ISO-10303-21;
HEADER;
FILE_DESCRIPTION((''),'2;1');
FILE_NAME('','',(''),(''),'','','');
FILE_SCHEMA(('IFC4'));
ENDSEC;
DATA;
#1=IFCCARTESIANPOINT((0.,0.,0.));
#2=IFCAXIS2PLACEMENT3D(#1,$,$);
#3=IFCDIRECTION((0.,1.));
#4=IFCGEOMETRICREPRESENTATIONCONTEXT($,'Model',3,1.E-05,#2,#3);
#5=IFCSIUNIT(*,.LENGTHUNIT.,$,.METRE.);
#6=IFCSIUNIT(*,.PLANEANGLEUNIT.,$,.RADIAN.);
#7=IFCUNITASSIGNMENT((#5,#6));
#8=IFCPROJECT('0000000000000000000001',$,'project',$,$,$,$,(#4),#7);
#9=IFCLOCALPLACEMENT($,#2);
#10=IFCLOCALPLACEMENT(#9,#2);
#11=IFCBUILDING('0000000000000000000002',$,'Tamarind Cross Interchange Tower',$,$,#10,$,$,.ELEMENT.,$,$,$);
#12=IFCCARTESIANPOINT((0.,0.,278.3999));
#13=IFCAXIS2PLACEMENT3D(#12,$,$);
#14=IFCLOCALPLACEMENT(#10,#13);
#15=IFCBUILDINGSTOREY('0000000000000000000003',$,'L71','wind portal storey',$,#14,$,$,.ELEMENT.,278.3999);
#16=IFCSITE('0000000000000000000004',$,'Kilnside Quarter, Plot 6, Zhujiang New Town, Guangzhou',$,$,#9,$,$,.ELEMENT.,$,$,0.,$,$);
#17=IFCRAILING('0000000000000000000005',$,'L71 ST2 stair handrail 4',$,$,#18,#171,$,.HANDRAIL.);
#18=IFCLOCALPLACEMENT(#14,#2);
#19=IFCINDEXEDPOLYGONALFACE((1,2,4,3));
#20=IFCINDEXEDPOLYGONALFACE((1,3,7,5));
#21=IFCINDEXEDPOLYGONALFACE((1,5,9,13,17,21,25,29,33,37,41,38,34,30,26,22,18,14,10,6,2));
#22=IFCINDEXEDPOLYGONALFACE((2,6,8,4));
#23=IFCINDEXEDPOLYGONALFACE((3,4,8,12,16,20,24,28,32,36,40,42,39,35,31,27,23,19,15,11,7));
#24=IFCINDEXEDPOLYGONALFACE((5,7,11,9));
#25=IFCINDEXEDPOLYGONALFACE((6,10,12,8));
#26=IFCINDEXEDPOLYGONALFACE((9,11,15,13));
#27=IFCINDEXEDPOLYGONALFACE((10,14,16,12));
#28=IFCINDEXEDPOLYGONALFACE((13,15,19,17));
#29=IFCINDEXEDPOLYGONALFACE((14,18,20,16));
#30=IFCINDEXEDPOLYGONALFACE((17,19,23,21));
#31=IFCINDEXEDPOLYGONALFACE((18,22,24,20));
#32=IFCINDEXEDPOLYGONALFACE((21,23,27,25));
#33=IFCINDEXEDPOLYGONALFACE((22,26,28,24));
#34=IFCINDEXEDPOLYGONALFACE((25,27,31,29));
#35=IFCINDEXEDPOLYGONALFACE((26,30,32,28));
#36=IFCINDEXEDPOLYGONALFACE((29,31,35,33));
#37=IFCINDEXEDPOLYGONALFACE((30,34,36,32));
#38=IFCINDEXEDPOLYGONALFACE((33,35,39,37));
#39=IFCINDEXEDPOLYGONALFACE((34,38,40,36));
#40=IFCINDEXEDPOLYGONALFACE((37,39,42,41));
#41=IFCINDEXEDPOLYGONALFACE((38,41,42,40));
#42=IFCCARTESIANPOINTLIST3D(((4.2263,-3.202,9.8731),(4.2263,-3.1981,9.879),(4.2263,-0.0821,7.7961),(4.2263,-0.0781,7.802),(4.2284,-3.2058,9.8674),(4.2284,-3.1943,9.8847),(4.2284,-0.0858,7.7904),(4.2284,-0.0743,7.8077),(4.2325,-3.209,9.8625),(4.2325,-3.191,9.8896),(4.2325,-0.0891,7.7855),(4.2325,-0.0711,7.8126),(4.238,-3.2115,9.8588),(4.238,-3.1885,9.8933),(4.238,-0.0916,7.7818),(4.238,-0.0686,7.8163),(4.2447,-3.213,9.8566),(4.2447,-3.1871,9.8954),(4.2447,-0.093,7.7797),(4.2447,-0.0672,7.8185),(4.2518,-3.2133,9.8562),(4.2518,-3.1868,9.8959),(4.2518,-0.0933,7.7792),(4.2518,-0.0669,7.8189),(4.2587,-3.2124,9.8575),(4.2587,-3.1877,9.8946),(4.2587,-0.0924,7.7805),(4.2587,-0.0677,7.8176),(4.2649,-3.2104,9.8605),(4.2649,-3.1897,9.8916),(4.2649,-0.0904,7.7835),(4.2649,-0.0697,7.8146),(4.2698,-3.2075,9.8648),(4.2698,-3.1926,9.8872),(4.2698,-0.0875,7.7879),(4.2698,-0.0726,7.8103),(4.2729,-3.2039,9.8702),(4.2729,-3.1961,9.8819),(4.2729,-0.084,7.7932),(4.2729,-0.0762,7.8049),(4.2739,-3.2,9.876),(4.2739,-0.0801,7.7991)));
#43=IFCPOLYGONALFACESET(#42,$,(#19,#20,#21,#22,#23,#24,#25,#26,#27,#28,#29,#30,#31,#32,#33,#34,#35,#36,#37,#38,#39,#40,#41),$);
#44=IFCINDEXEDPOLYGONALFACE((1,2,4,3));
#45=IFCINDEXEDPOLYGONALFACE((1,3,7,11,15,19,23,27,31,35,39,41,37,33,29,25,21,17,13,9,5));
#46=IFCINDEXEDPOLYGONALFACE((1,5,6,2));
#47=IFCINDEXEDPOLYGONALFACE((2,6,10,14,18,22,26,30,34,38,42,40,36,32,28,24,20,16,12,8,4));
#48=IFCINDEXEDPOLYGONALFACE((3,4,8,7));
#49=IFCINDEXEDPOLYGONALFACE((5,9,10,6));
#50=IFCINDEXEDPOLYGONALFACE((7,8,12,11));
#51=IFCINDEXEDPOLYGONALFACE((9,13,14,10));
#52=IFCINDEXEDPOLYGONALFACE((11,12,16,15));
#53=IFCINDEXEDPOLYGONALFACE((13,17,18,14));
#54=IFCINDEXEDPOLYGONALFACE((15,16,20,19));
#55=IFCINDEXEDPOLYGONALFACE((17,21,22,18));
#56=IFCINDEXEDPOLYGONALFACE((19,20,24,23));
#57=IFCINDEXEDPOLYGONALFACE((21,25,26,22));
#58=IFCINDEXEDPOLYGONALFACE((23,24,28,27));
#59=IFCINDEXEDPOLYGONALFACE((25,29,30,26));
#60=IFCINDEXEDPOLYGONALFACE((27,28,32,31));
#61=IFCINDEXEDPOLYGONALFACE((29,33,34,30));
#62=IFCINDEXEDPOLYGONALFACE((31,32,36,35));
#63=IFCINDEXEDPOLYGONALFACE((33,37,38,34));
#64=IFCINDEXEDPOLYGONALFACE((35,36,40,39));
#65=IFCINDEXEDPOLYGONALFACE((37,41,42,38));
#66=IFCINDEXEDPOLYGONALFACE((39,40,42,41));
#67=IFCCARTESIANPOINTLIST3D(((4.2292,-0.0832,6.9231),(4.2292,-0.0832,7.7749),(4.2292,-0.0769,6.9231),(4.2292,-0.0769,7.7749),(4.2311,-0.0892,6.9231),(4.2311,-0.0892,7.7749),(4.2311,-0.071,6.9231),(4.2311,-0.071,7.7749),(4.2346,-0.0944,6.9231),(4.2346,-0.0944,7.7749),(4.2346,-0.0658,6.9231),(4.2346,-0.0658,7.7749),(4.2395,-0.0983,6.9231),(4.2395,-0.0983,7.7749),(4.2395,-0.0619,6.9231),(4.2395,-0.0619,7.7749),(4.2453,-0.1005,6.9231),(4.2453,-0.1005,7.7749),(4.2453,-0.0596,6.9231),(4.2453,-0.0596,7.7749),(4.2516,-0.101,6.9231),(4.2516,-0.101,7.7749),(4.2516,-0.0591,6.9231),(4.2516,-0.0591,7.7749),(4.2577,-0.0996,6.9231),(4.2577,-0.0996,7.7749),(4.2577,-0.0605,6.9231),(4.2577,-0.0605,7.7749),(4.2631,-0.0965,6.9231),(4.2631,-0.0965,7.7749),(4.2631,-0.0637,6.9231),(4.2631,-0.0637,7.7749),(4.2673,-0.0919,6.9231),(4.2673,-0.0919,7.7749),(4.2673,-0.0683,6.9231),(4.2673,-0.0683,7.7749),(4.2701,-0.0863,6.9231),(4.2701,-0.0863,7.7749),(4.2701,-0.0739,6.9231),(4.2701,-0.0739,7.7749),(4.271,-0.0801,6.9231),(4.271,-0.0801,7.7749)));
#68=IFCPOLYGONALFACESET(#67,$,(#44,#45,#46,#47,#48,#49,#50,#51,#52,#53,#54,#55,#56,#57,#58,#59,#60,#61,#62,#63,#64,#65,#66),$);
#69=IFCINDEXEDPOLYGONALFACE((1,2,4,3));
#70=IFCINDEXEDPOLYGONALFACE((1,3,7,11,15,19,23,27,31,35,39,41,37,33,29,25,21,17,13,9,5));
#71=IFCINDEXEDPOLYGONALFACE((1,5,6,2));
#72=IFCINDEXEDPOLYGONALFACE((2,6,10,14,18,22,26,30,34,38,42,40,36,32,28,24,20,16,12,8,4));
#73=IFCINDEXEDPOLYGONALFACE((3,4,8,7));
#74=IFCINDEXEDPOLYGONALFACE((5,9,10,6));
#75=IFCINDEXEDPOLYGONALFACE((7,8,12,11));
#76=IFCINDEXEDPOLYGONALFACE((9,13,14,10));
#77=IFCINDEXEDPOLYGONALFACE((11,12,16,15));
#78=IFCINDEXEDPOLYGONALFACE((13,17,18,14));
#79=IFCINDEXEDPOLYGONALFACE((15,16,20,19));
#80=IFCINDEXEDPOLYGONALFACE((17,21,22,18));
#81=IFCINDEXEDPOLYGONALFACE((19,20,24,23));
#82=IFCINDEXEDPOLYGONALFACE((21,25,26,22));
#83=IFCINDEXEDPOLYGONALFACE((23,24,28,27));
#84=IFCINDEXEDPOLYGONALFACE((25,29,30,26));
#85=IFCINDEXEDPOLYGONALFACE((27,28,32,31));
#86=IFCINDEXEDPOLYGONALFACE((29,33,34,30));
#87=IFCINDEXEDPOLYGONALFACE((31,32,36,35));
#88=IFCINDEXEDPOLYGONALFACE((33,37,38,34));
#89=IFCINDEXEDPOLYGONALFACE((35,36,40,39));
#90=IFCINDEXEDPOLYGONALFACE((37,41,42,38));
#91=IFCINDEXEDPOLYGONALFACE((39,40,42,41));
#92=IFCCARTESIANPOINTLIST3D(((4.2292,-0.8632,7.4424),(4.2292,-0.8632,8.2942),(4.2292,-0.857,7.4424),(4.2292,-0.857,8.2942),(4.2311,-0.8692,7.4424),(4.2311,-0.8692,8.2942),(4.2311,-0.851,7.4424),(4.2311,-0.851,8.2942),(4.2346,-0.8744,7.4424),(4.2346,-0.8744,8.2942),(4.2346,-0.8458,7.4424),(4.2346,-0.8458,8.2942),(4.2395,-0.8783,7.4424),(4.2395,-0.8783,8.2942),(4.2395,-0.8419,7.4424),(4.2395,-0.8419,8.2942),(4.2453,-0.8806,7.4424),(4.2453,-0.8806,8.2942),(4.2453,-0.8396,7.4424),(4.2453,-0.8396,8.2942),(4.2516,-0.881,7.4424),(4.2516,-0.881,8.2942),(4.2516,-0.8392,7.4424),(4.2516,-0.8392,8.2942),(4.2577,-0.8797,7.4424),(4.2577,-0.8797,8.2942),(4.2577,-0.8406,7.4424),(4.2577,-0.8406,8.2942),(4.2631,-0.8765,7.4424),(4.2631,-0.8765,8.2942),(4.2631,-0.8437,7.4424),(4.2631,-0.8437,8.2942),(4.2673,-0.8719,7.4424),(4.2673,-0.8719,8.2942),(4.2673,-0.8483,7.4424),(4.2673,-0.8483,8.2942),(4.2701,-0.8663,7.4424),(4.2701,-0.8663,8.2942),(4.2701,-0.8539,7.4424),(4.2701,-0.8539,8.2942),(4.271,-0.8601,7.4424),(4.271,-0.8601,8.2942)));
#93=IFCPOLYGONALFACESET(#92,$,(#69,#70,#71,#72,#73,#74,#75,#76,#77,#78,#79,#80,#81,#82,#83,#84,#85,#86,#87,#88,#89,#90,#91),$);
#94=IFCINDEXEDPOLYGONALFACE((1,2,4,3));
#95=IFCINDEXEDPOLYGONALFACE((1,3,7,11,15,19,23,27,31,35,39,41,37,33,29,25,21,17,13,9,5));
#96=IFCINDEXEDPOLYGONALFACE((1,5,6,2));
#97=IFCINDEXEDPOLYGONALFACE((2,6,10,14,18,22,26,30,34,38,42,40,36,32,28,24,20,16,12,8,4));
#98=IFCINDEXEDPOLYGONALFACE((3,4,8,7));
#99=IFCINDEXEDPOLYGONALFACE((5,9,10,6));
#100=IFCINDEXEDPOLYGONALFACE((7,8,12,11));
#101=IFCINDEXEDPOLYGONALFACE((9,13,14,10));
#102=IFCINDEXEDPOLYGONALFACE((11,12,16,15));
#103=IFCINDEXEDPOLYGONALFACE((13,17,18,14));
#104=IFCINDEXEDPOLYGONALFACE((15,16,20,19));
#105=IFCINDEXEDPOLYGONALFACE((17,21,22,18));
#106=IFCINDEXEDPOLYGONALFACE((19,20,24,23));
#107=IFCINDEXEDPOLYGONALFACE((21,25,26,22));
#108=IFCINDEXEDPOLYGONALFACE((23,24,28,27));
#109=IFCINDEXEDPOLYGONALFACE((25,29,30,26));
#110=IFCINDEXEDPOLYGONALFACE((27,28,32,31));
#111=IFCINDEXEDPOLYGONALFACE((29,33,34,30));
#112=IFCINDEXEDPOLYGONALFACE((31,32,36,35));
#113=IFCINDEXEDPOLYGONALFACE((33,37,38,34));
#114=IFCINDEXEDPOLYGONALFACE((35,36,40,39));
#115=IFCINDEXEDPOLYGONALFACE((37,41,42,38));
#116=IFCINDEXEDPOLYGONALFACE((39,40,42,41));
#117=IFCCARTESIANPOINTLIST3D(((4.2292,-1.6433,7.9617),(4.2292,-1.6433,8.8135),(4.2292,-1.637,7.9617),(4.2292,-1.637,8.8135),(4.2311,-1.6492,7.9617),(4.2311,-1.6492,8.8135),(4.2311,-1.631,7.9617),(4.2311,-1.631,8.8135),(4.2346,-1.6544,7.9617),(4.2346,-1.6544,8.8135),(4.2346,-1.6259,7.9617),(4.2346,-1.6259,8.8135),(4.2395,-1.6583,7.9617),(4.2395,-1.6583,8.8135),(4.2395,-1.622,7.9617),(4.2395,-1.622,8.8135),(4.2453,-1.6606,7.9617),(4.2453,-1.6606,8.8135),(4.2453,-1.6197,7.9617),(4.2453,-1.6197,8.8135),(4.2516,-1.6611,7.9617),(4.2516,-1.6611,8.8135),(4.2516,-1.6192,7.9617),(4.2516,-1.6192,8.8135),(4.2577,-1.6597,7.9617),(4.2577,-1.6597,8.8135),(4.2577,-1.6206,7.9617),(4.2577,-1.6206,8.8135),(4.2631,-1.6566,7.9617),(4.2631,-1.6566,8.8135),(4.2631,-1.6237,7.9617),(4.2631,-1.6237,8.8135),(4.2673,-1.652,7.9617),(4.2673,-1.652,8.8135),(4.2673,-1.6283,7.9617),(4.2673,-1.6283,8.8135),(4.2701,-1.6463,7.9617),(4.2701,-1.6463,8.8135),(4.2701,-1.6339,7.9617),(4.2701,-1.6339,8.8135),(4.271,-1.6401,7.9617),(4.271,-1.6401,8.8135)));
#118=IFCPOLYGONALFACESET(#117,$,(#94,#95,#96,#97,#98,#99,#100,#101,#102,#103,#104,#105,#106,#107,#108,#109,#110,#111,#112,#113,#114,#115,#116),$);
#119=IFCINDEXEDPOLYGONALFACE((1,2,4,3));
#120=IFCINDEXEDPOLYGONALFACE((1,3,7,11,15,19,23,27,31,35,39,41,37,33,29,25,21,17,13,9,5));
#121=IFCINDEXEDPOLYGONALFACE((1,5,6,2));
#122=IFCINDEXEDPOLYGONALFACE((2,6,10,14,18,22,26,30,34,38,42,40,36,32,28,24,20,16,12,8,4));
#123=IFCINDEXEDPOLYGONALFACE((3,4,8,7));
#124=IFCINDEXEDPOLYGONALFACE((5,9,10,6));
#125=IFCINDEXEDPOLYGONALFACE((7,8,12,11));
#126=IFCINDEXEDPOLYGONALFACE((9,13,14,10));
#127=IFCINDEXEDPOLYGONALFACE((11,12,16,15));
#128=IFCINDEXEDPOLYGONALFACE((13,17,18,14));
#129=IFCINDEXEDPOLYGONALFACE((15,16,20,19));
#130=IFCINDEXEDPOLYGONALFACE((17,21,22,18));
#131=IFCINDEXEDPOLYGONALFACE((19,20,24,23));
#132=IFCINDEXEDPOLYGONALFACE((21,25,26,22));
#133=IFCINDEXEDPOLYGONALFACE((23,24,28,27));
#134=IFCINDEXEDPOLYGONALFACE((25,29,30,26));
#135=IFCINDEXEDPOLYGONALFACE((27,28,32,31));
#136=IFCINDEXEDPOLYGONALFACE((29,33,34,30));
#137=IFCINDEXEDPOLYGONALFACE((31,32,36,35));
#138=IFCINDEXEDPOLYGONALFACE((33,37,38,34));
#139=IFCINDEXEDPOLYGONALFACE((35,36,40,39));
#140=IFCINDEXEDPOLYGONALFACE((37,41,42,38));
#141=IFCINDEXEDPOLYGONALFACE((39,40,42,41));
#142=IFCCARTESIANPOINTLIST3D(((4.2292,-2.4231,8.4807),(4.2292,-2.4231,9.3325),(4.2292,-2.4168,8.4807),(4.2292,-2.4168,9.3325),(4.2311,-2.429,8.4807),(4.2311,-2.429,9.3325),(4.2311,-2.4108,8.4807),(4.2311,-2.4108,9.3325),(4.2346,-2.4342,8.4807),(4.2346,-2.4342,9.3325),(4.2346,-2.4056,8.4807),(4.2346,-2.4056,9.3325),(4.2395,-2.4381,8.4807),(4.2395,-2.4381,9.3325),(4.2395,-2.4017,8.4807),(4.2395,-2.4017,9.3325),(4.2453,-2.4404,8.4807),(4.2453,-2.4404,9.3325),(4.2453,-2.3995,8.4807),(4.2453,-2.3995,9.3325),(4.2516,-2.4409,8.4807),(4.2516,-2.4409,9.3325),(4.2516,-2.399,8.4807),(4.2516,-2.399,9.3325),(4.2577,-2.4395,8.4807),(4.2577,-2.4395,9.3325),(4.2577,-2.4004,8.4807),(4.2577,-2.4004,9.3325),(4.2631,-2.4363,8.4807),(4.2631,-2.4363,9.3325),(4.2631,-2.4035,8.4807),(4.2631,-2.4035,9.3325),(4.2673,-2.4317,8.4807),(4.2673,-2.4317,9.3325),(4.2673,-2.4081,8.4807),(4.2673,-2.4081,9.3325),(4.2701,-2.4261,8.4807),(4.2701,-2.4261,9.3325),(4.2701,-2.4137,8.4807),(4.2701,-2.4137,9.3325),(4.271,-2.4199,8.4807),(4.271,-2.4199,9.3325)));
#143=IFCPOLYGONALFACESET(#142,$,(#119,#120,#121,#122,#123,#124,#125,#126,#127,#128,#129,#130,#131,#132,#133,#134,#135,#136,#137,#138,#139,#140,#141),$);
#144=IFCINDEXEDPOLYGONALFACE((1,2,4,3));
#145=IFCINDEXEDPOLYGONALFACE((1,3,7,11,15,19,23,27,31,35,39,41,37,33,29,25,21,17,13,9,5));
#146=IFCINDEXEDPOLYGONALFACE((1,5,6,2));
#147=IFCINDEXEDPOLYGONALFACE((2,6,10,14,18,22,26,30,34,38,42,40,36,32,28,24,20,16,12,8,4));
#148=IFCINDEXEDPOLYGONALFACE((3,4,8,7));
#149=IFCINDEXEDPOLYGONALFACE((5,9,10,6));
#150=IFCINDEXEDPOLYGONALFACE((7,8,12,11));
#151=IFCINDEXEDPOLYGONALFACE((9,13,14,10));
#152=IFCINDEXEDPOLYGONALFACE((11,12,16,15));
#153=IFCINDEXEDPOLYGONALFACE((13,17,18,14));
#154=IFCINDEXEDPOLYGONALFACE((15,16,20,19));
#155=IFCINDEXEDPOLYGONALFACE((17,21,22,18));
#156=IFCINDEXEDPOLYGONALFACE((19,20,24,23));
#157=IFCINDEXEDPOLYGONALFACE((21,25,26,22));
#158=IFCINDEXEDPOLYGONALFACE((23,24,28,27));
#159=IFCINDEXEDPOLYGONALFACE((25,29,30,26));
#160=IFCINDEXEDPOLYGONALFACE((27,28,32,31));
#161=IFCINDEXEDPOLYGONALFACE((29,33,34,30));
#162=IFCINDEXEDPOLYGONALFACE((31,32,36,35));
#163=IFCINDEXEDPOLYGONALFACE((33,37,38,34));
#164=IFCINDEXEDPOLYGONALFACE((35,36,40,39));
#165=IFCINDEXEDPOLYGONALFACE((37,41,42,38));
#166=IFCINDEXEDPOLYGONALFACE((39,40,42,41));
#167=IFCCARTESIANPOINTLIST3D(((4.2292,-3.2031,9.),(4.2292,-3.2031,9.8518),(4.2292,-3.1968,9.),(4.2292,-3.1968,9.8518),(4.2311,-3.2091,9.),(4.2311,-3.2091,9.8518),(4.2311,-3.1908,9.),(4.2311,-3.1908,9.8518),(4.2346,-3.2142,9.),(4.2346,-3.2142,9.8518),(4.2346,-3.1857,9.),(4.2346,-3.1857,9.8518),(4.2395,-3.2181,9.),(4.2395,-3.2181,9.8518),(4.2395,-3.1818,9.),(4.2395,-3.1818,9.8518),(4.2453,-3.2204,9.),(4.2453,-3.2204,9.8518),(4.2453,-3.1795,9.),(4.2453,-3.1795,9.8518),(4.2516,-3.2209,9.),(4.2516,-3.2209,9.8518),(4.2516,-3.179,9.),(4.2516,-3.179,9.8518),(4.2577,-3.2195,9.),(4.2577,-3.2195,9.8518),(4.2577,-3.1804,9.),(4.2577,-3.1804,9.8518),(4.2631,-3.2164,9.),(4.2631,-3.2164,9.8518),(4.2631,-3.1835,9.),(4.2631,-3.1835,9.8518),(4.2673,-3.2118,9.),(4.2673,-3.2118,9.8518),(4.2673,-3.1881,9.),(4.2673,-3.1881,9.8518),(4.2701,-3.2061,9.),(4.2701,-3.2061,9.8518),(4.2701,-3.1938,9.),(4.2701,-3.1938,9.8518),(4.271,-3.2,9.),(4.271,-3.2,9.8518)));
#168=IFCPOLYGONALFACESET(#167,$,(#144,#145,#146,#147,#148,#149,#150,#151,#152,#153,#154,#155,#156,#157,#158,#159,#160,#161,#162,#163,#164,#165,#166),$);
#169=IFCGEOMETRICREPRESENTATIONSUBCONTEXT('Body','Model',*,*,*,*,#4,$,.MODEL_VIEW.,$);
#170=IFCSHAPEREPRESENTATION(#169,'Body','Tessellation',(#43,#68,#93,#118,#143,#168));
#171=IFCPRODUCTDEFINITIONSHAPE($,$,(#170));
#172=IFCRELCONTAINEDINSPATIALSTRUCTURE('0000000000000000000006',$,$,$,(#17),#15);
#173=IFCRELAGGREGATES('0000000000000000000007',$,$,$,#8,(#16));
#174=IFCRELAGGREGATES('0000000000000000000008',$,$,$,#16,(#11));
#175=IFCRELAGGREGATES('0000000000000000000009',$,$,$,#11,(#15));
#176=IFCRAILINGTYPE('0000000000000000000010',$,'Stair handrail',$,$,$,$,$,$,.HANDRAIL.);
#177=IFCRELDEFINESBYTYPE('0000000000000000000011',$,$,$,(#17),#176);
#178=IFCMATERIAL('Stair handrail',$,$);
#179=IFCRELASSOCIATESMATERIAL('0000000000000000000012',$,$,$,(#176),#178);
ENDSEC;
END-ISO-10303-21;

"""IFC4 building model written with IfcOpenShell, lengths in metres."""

from ifc_helpers import new_model, si_unit, direction, frame, origin, origin_2d, place, context, subcontext, project, spatial, circle, extrude, material, type_object, element, save


model = new_model("IFC4")

# Units and contexts
model_context = context("Model", 3, precision=1e-05, world=origin(), true_north=direction((0.0, 1.0)))
body_context = subcontext(model_context, "Body", "Model", "MODEL_VIEW")
ifc_project = project(units=[si_unit("LENGTHUNIT", "METRE"), si_unit("PLANEANGLEUNIT", "RADIAN")], contexts=[model_context])

# Site, building, storey
site_placement = place(None, origin())
site = spatial("IfcSite", under=ifc_project, at=site_placement, Name="Kilnside Quarter, Plot 6, Zhujiang New Town, Guangzhou", CompositionType="ELEMENT", RefElevation=0.0)
building_placement = place(site_placement, origin())
building = spatial("IfcBuilding", under=site, at=building_placement, Name="Tamarind Cross Interchange Tower", CompositionType="ELEMENT")
storey_placement = place(building_placement, frame((0.0, 0.0, 278.3999)))
storey = spatial("IfcBuildingStorey", under=building, at=storey_placement, Name="L71", Description="wind portal storey", CompositionType="ELEMENT", Elevation=278.3999)

# Railing
ifc_material_1 = material(Name="Stair handrail")
railing_type_1 = type_object("IfcRailingType", Name="Stair handrail", PredefinedType="HANDRAIL", material=ifc_material_1)
railing_1_placement = place(storey_placement, frame((4.25, -0.0801, 6.9231)))
element("IfcRailing", 1, at=railing_1_placement, inside=storey, type_object=railing_type_1, Name="L71 ST2 stair handrail 4", PredefinedType="HANDRAIL", context=body_context, shape_type="SweptSolid", body=[
    extrude(circle(Radius=0.0239, at=origin_2d()), frame((0.0, 0.0, 0.876), z_axis=(0.0, -0.832421, 0.554144), x_axis=(1.0, 0.0, 0.0)), (0.0, 0.0, 1.0), 3.748),
    extrude(circle(Radius=0.021, at=origin_2d()), origin(), (0.0, 0.0, 1.0), 0.8518),
    extrude(circle(Radius=0.021, at=origin_2d()), frame((0.0, -0.78, 0.5193)), (0.0, 0.0, 1.0), 0.8518),
    extrude(circle(Radius=0.021, at=origin_2d()), frame((0.0, -1.5601, 1.0386)), (0.0, 0.0, 1.0), 0.8518),
    extrude(circle(Radius=0.021, at=origin_2d()), frame((0.0, -2.3398, 1.5576)), (0.0, 0.0, 1.0), 0.8518),
    extrude(circle(Radius=0.021, at=origin_2d()), frame((0.0, -3.1199, 2.0769)), (0.0, 0.0, 1.0), 0.8518),
])

save(model, "model.ifc")
